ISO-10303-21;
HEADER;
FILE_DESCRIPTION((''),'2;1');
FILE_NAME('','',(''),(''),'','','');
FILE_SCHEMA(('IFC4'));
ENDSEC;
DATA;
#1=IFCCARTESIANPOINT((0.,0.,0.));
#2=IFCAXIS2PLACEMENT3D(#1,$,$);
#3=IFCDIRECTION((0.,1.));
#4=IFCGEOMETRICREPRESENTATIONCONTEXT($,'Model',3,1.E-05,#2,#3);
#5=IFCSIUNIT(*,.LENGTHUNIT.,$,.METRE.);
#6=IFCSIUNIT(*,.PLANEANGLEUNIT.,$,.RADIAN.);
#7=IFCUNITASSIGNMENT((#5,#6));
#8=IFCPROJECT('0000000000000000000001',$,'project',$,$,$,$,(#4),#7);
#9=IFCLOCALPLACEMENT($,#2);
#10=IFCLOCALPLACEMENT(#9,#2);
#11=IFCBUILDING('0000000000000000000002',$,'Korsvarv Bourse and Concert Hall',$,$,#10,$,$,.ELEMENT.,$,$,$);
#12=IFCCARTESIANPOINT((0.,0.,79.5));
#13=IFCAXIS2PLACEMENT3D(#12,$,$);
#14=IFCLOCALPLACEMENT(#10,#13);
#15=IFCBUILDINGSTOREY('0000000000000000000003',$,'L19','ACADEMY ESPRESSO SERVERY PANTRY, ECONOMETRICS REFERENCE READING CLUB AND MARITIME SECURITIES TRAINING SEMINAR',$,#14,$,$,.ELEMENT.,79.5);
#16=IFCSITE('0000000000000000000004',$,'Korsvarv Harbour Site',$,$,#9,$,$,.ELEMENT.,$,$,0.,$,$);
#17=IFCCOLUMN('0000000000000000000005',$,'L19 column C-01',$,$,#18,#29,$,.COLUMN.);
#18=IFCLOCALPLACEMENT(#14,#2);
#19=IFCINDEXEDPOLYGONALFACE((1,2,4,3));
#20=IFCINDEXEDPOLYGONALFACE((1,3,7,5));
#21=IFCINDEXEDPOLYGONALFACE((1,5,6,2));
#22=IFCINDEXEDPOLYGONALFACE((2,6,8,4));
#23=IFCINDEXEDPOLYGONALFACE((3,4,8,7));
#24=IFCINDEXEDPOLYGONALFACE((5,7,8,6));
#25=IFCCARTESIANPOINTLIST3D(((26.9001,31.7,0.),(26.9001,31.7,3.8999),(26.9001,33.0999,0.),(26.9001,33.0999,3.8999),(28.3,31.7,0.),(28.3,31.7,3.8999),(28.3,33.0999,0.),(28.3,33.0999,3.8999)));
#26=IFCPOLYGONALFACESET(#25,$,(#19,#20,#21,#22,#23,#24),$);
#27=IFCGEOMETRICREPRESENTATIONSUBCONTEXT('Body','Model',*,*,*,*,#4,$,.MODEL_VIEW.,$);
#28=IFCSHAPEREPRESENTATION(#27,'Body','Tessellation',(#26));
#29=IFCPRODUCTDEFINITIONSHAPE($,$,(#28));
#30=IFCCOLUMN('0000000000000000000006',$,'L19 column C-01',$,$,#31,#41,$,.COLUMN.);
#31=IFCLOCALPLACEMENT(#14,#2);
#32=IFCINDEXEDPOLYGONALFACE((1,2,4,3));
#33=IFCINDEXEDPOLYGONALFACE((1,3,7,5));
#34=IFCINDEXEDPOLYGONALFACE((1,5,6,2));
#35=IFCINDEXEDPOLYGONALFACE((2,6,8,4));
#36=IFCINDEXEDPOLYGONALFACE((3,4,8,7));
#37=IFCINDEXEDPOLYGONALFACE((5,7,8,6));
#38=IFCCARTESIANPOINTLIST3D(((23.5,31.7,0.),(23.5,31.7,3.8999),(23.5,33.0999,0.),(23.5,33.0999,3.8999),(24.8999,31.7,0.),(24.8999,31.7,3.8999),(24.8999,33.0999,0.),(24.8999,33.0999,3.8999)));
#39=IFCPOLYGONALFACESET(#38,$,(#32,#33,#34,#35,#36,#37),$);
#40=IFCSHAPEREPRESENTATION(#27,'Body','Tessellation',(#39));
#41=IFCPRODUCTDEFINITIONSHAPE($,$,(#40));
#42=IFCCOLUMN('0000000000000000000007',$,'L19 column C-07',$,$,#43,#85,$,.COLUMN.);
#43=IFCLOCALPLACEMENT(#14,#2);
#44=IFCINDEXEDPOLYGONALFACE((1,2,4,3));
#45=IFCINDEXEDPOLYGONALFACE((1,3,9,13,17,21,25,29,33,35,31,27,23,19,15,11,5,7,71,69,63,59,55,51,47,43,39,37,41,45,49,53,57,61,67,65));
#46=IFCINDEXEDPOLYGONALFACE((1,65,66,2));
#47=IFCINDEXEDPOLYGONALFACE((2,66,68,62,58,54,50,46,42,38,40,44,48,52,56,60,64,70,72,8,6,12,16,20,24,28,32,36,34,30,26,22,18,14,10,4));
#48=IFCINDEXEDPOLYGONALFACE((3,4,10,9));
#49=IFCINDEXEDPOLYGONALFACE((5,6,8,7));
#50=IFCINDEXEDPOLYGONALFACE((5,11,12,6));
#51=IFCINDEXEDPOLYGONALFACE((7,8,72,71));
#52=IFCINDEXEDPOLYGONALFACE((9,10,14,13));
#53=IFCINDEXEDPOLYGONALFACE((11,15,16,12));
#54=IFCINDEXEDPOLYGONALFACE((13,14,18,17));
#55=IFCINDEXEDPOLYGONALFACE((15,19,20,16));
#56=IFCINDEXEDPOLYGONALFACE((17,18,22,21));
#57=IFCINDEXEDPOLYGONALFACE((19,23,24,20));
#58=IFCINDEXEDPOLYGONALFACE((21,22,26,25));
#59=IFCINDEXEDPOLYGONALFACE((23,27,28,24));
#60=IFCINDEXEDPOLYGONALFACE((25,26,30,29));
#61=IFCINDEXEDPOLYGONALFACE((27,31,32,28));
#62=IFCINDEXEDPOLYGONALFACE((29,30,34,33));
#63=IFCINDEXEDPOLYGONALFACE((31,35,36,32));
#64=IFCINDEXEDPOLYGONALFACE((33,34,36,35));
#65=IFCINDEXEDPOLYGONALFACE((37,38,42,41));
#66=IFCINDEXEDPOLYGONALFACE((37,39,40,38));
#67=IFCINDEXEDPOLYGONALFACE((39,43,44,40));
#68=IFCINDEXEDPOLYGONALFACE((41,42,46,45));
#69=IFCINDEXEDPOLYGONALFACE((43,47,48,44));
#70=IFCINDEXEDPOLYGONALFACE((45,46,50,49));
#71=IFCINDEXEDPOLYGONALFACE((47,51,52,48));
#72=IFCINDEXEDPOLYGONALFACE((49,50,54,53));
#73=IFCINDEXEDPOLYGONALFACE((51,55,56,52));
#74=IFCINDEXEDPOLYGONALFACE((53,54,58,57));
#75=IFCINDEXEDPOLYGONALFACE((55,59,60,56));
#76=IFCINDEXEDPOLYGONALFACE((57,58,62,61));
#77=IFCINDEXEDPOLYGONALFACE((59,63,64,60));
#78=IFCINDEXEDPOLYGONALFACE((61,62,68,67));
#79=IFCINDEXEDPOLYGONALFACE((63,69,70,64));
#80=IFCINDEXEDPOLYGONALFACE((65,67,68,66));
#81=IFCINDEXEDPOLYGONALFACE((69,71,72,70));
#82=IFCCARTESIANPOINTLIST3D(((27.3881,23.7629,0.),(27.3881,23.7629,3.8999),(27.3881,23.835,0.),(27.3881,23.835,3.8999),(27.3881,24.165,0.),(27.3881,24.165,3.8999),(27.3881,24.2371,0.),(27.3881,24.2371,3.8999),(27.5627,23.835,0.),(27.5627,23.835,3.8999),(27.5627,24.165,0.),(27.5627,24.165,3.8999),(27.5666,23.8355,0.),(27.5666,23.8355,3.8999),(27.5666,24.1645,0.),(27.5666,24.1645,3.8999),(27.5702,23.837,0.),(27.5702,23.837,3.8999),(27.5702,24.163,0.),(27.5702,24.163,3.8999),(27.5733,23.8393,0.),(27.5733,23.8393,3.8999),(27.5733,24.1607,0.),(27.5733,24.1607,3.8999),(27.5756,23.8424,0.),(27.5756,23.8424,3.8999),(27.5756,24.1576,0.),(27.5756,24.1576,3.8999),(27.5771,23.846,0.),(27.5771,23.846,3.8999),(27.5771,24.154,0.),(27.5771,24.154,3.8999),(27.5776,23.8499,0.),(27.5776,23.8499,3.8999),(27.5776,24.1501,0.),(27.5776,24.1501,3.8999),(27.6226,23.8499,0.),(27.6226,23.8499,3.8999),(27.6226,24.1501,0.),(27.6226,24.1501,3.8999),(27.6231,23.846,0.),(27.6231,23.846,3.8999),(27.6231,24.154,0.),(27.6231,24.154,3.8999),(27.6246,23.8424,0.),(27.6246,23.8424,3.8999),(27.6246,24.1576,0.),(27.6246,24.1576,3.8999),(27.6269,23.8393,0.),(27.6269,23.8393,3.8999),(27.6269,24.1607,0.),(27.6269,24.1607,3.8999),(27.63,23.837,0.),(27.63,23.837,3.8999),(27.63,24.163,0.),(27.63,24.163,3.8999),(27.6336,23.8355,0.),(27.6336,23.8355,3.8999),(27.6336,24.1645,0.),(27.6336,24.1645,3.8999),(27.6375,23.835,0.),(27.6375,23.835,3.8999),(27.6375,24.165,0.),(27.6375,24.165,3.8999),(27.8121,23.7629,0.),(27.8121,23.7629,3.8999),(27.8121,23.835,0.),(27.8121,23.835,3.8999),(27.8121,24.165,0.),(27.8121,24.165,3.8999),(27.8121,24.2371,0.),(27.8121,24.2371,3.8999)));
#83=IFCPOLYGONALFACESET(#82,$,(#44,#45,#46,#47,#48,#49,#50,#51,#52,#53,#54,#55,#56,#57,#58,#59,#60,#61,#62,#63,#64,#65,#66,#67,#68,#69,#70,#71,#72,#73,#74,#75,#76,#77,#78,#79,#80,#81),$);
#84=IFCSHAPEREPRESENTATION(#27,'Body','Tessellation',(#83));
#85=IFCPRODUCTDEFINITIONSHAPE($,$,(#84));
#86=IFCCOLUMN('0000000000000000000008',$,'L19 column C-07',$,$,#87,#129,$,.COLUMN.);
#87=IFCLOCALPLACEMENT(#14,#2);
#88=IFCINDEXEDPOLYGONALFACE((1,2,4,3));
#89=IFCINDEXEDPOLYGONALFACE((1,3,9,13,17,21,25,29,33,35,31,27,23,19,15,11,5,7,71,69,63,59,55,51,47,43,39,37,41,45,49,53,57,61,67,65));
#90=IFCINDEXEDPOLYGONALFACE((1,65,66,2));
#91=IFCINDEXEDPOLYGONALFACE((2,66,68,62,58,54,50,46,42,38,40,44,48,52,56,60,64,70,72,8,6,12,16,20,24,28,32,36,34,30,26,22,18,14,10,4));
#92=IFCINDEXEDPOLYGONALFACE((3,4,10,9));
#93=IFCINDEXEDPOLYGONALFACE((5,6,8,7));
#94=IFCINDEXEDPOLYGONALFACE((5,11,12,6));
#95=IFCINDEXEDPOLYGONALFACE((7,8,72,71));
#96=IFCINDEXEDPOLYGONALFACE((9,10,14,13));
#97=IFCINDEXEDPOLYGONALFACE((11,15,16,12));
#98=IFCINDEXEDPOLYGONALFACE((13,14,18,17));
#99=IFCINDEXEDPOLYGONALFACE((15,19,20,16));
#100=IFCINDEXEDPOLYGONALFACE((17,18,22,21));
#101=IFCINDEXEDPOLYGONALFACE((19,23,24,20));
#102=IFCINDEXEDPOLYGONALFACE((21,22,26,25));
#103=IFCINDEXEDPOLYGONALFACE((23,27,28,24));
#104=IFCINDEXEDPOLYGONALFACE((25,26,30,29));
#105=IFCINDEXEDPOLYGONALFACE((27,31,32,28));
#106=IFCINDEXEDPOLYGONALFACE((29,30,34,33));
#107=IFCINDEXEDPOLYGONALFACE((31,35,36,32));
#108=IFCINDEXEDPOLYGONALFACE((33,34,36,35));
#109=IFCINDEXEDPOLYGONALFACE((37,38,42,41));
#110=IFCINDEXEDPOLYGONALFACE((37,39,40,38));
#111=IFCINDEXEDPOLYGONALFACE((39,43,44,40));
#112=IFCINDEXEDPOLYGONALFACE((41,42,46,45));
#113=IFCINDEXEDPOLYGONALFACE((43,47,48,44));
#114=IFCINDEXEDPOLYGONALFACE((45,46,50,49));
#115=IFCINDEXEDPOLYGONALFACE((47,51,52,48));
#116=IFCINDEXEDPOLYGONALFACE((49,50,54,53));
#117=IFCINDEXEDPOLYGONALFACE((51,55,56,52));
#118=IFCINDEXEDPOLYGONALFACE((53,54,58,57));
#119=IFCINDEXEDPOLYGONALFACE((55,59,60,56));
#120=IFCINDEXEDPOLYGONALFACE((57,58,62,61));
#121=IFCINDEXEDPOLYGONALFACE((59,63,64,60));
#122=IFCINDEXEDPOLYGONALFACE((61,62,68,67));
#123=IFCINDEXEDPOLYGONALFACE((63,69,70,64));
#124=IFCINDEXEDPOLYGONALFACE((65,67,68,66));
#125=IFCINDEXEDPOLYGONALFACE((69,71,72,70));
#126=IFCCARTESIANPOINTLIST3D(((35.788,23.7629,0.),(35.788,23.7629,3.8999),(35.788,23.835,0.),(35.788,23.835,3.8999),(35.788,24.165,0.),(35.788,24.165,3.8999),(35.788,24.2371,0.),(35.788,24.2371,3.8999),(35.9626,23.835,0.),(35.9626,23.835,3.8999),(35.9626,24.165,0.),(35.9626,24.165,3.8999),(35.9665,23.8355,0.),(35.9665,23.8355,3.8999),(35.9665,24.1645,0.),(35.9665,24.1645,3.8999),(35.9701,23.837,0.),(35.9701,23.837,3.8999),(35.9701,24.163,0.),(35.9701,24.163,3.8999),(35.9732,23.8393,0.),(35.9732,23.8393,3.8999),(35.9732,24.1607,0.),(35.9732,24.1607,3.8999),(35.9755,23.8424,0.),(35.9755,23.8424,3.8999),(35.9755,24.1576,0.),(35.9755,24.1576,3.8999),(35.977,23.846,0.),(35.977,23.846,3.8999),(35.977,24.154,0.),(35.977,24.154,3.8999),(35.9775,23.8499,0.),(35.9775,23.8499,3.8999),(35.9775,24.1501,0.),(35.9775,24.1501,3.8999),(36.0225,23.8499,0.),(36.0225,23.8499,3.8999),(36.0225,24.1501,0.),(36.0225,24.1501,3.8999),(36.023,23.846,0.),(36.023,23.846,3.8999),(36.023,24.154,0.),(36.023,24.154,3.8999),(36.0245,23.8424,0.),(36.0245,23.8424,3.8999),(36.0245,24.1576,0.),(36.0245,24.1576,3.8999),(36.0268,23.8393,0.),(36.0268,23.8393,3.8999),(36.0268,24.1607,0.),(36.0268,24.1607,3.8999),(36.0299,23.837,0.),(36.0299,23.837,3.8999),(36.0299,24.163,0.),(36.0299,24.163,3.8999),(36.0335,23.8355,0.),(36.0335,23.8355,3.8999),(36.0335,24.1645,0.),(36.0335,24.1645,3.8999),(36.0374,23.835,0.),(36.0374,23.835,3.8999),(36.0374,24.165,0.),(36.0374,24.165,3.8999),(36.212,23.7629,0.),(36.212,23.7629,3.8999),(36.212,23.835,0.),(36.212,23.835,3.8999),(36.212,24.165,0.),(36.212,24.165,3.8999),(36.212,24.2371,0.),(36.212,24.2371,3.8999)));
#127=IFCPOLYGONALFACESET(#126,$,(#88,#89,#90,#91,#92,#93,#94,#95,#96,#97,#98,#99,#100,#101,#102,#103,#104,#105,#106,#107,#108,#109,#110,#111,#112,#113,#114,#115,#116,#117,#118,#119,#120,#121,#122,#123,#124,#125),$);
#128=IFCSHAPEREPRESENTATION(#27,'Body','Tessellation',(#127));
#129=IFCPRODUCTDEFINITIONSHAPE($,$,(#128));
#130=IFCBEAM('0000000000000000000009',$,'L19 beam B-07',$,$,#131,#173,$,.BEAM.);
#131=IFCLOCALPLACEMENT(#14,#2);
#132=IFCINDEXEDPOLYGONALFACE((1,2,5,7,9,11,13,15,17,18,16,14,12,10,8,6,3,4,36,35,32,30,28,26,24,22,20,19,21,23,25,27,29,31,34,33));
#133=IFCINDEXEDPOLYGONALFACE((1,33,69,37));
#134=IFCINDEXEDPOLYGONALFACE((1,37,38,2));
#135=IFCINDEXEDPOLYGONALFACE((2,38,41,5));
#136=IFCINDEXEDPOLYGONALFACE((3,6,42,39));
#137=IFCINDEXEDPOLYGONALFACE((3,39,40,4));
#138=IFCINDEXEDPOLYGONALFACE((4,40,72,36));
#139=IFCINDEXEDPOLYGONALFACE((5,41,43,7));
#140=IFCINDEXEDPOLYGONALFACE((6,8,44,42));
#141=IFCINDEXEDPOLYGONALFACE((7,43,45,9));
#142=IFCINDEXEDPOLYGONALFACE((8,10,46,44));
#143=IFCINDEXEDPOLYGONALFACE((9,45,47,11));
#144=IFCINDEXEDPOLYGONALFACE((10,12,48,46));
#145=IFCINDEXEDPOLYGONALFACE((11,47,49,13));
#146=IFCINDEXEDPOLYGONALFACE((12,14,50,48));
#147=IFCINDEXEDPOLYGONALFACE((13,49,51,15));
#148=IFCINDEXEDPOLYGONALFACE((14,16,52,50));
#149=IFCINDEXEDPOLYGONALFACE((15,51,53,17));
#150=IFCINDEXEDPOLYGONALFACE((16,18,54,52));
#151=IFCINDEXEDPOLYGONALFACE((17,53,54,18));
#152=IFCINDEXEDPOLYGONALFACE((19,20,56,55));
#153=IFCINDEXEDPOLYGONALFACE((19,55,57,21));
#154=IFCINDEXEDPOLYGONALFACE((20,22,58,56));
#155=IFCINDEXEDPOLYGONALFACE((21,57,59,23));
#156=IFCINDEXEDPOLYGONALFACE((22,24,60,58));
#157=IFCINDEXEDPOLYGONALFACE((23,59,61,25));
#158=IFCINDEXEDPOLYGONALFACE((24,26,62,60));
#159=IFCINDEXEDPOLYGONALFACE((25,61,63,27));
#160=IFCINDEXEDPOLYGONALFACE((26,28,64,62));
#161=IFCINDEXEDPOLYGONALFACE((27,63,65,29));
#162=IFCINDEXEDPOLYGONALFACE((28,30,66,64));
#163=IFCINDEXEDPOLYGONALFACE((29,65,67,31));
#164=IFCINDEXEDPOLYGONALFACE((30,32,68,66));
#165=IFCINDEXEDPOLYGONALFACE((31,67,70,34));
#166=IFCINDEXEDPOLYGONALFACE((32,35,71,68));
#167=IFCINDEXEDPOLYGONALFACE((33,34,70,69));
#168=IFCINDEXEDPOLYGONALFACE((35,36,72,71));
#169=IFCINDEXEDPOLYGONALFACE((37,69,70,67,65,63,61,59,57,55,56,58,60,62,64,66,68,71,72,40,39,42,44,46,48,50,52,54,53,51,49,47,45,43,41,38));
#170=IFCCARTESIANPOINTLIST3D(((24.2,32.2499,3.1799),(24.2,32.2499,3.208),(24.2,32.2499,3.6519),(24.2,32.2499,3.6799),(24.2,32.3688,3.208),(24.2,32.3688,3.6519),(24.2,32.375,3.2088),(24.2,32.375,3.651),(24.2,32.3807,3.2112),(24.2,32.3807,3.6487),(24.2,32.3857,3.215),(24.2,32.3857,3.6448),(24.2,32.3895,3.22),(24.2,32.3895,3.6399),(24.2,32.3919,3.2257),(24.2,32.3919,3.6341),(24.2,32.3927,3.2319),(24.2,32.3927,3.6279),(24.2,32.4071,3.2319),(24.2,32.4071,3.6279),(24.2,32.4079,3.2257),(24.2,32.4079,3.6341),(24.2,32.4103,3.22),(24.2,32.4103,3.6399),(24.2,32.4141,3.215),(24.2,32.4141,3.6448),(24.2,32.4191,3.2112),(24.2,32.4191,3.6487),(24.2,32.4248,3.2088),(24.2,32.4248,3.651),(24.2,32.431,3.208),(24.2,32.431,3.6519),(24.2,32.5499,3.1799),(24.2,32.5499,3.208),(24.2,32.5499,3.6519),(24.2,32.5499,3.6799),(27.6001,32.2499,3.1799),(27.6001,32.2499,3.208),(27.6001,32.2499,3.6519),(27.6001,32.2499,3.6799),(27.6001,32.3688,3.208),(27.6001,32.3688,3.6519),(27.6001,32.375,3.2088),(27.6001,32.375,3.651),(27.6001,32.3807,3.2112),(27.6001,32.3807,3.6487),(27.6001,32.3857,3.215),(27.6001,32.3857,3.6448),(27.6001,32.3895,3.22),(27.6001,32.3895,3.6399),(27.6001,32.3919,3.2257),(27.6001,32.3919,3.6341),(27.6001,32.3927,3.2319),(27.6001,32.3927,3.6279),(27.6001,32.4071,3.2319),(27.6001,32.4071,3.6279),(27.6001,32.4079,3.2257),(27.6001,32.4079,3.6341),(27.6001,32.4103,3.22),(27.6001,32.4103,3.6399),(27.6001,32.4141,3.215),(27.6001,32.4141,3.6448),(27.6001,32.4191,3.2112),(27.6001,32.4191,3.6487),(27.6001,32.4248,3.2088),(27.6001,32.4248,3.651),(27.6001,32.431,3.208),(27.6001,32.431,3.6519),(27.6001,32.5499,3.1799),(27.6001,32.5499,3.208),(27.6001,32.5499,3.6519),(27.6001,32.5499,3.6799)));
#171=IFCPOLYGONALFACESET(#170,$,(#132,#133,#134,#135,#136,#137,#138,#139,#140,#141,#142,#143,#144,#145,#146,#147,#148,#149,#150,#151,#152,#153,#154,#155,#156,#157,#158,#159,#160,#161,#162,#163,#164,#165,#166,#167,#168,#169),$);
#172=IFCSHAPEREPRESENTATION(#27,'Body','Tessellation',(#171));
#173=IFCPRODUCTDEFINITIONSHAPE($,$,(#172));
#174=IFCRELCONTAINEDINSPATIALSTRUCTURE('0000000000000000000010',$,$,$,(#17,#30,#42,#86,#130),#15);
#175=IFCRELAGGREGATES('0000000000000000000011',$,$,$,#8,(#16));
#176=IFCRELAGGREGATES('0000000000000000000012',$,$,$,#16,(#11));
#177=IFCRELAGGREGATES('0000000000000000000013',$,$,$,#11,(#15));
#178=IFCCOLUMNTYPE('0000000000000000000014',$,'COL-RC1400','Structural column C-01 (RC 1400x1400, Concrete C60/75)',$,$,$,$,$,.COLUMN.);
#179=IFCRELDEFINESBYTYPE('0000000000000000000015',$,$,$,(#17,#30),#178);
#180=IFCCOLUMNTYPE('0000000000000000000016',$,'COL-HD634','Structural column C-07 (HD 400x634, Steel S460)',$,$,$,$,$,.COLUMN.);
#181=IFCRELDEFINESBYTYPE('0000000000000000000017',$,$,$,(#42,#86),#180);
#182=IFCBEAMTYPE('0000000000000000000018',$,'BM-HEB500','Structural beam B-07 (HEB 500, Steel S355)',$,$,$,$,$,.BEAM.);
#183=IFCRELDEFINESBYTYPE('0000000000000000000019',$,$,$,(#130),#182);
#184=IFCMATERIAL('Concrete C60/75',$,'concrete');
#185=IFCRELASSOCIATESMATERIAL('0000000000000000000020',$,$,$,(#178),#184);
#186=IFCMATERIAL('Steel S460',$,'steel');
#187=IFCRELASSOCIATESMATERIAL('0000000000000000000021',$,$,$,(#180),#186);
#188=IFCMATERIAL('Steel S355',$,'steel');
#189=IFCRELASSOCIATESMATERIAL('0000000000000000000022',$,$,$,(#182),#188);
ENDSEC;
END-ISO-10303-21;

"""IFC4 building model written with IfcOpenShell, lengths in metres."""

from ifc_helpers import new_model, si_unit, direction, frame, origin, origin_2d, place, context, subcontext, project, spatial, rectangle, i_section, extrude, source, transform, mapped, material, material_profile, profile_set, type_object, element, save


model = new_model("IFC4")

# Units and contexts
model_context = context("Model", 3, precision=1e-05, world=origin(), true_north=direction((0.0, 1.0)))
body_context = subcontext(model_context, "Body", "Model", "MODEL_VIEW")
ifc_project = project(units=[si_unit("LENGTHUNIT", "METRE"), si_unit("PLANEANGLEUNIT", "RADIAN")], contexts=[model_context])

# Site, building, storey
site_placement = place(None, origin())
site = spatial("IfcSite", under=ifc_project, at=site_placement, Name="Korsvarv Harbour Site", CompositionType="ELEMENT", RefElevation=0.0)
building_placement = place(site_placement, origin())
building = spatial("IfcBuilding", under=site, at=building_placement, Name="Korsvarv Bourse and Concert Hall", CompositionType="ELEMENT")
storey_placement = place(building_placement, frame((0.0, 0.0, 79.5)))
storey = spatial("IfcBuildingStorey", under=building, at=storey_placement, Name="L19", Description="ACADEMY ESPRESSO SERVERY PANTRY, ECONOMETRICS REFERENCE READING CLUB AND MARITIME SECURITIES TRAINING SEMINAR", CompositionType="ELEMENT", Elevation=79.5)

# Columns
ifc_material_1 = material(Name="Concrete C60/75", Category="concrete")
ifc_material_profile_1 = material_profile(ifc_material_1, rectangle(XDim=1.3999, YDim=1.3999, at=origin_2d()), Name="RC 1400x1400")
ifc_profile_set_1 = profile_set([ifc_material_profile_1], Name="Concrete C60/75")
column_type_1 = type_object("IfcColumnType", Name="COL-RC1400", Description="Structural column C-01 (RC 1400x1400, Concrete C60/75)", PredefinedType="COLUMN", material=ifc_profile_set_1)
shared_shape_1 = source(origin(), body_context, "Body", "SweptSolid", [
    extrude(rectangle(XDim=1.3999, YDim=1.3999, at=origin_2d()), origin(), (0.0, 0.0, 1.0), 3.8999),
])
for number, where, z_axis, x_axis, name in (
    (1, (27.6001, 32.3999, 0.0), (0.0, 0.0, 1.0), (1.0, 0.0, 0.0), "L19 column C-01"),
    (2, (24.2, 32.3999, 0.0), (0.0, 0.0, 1.0), (1.0, 0.0, 0.0), "L19 column C-01"),
):
    element("IfcColumn", number, at=place(storey_placement, frame(where, z_axis=z_axis, x_axis=x_axis)), inside=storey, type_object=column_type_1, Name=name, PredefinedType="COLUMN", context=body_context, shape_type="MappedRepresentation", body=[
        mapped(shared_shape_1, transform((0.0, 0.0, 0.0), scale=1.0)),
    ])
ifc_material_2 = material(Name="Steel S460", Category="steel")
ifc_material_profile_2 = material_profile(ifc_material_2, i_section(OverallWidth=0.4241, OverallDepth=0.4741, WebThickness=0.0449, FlangeThickness=0.072, FilletRadius=0.0149, at=origin_2d()), Name="HD 400x634")
ifc_profile_set_2 = profile_set([ifc_material_profile_2], Name="Steel S460")
column_type_2 = type_object("IfcColumnType", Name="COL-HD634", Description="Structural column C-07 (HD 400x634, Steel S460)", PredefinedType="COLUMN", material=ifc_profile_set_2)
shared_shape_2 = source(origin(), body_context, "Body", "SweptSolid", [
    extrude(i_section(OverallWidth=0.4241, OverallDepth=0.4741, WebThickness=0.0449, FlangeThickness=0.072, FilletRadius=0.0149, at=origin_2d()), origin(), (0.0, 0.0, 1.0), 3.8999),
])
for number, where, z_axis, x_axis, name in (
    (3, (27.6001, 24.0, 0.0), (0.0, 0.0, 1.0), (1.0, 0.0, 0.0), "L19 column C-07"),
    (4, (36.0, 24.0, 0.0), (0.0, 0.0, 1.0), (1.0, 0.0, 0.0), "L19 column C-07"),
):
    element("IfcColumn", number, at=place(storey_placement, frame(where, z_axis=z_axis, x_axis=x_axis)), inside=storey, type_object=column_type_2, Name=name, PredefinedType="COLUMN", context=body_context, shape_type="MappedRepresentation", body=[
        mapped(shared_shape_2, transform((0.0, 0.0, 0.0), scale=1.0)),
    ])

# Beam
ifc_material_3 = material(Name="Steel S355", Category="steel")
ifc_material_profile_3 = material_profile(ifc_material_3, i_section(OverallWidth=0.3, OverallDepth=0.5, WebThickness=0.0144, FlangeThickness=0.0281, FilletRadius=0.0239, at=origin_2d()), Name="HEB 500")
ifc_profile_set_3 = profile_set([ifc_material_profile_3], Name="Steel S355")
beam_type_1 = type_object("IfcBeamType", Name="BM-HEB500", Description="Structural beam B-07 (HEB 500, Steel S355)", PredefinedType="BEAM", material=ifc_profile_set_3)
shared_shape_3 = source(origin(), body_context, "Body", "SweptSolid", [
    extrude(i_section(OverallWidth=0.3, OverallDepth=0.5, WebThickness=0.0144, FlangeThickness=0.0281, FilletRadius=0.0239, at=origin_2d()), origin(), (0.0, 0.0, 1.0), 3.4001),
])
beam_1_placement = place(storey_placement, frame((24.2, 32.3999, 3.4299), z_axis=(1.0, 0.0, 0.0), x_axis=(0.0, 1.0, 0.0)))
element("IfcBeam", 5, at=beam_1_placement, inside=storey, type_object=beam_type_1, Name="L19 beam B-07", PredefinedType="BEAM", context=body_context, shape_type="MappedRepresentation", body=[
    mapped(shared_shape_3, transform((0.0, 0.0, 0.0), scale=1.0)),
])

save(model, "model.ifc")
